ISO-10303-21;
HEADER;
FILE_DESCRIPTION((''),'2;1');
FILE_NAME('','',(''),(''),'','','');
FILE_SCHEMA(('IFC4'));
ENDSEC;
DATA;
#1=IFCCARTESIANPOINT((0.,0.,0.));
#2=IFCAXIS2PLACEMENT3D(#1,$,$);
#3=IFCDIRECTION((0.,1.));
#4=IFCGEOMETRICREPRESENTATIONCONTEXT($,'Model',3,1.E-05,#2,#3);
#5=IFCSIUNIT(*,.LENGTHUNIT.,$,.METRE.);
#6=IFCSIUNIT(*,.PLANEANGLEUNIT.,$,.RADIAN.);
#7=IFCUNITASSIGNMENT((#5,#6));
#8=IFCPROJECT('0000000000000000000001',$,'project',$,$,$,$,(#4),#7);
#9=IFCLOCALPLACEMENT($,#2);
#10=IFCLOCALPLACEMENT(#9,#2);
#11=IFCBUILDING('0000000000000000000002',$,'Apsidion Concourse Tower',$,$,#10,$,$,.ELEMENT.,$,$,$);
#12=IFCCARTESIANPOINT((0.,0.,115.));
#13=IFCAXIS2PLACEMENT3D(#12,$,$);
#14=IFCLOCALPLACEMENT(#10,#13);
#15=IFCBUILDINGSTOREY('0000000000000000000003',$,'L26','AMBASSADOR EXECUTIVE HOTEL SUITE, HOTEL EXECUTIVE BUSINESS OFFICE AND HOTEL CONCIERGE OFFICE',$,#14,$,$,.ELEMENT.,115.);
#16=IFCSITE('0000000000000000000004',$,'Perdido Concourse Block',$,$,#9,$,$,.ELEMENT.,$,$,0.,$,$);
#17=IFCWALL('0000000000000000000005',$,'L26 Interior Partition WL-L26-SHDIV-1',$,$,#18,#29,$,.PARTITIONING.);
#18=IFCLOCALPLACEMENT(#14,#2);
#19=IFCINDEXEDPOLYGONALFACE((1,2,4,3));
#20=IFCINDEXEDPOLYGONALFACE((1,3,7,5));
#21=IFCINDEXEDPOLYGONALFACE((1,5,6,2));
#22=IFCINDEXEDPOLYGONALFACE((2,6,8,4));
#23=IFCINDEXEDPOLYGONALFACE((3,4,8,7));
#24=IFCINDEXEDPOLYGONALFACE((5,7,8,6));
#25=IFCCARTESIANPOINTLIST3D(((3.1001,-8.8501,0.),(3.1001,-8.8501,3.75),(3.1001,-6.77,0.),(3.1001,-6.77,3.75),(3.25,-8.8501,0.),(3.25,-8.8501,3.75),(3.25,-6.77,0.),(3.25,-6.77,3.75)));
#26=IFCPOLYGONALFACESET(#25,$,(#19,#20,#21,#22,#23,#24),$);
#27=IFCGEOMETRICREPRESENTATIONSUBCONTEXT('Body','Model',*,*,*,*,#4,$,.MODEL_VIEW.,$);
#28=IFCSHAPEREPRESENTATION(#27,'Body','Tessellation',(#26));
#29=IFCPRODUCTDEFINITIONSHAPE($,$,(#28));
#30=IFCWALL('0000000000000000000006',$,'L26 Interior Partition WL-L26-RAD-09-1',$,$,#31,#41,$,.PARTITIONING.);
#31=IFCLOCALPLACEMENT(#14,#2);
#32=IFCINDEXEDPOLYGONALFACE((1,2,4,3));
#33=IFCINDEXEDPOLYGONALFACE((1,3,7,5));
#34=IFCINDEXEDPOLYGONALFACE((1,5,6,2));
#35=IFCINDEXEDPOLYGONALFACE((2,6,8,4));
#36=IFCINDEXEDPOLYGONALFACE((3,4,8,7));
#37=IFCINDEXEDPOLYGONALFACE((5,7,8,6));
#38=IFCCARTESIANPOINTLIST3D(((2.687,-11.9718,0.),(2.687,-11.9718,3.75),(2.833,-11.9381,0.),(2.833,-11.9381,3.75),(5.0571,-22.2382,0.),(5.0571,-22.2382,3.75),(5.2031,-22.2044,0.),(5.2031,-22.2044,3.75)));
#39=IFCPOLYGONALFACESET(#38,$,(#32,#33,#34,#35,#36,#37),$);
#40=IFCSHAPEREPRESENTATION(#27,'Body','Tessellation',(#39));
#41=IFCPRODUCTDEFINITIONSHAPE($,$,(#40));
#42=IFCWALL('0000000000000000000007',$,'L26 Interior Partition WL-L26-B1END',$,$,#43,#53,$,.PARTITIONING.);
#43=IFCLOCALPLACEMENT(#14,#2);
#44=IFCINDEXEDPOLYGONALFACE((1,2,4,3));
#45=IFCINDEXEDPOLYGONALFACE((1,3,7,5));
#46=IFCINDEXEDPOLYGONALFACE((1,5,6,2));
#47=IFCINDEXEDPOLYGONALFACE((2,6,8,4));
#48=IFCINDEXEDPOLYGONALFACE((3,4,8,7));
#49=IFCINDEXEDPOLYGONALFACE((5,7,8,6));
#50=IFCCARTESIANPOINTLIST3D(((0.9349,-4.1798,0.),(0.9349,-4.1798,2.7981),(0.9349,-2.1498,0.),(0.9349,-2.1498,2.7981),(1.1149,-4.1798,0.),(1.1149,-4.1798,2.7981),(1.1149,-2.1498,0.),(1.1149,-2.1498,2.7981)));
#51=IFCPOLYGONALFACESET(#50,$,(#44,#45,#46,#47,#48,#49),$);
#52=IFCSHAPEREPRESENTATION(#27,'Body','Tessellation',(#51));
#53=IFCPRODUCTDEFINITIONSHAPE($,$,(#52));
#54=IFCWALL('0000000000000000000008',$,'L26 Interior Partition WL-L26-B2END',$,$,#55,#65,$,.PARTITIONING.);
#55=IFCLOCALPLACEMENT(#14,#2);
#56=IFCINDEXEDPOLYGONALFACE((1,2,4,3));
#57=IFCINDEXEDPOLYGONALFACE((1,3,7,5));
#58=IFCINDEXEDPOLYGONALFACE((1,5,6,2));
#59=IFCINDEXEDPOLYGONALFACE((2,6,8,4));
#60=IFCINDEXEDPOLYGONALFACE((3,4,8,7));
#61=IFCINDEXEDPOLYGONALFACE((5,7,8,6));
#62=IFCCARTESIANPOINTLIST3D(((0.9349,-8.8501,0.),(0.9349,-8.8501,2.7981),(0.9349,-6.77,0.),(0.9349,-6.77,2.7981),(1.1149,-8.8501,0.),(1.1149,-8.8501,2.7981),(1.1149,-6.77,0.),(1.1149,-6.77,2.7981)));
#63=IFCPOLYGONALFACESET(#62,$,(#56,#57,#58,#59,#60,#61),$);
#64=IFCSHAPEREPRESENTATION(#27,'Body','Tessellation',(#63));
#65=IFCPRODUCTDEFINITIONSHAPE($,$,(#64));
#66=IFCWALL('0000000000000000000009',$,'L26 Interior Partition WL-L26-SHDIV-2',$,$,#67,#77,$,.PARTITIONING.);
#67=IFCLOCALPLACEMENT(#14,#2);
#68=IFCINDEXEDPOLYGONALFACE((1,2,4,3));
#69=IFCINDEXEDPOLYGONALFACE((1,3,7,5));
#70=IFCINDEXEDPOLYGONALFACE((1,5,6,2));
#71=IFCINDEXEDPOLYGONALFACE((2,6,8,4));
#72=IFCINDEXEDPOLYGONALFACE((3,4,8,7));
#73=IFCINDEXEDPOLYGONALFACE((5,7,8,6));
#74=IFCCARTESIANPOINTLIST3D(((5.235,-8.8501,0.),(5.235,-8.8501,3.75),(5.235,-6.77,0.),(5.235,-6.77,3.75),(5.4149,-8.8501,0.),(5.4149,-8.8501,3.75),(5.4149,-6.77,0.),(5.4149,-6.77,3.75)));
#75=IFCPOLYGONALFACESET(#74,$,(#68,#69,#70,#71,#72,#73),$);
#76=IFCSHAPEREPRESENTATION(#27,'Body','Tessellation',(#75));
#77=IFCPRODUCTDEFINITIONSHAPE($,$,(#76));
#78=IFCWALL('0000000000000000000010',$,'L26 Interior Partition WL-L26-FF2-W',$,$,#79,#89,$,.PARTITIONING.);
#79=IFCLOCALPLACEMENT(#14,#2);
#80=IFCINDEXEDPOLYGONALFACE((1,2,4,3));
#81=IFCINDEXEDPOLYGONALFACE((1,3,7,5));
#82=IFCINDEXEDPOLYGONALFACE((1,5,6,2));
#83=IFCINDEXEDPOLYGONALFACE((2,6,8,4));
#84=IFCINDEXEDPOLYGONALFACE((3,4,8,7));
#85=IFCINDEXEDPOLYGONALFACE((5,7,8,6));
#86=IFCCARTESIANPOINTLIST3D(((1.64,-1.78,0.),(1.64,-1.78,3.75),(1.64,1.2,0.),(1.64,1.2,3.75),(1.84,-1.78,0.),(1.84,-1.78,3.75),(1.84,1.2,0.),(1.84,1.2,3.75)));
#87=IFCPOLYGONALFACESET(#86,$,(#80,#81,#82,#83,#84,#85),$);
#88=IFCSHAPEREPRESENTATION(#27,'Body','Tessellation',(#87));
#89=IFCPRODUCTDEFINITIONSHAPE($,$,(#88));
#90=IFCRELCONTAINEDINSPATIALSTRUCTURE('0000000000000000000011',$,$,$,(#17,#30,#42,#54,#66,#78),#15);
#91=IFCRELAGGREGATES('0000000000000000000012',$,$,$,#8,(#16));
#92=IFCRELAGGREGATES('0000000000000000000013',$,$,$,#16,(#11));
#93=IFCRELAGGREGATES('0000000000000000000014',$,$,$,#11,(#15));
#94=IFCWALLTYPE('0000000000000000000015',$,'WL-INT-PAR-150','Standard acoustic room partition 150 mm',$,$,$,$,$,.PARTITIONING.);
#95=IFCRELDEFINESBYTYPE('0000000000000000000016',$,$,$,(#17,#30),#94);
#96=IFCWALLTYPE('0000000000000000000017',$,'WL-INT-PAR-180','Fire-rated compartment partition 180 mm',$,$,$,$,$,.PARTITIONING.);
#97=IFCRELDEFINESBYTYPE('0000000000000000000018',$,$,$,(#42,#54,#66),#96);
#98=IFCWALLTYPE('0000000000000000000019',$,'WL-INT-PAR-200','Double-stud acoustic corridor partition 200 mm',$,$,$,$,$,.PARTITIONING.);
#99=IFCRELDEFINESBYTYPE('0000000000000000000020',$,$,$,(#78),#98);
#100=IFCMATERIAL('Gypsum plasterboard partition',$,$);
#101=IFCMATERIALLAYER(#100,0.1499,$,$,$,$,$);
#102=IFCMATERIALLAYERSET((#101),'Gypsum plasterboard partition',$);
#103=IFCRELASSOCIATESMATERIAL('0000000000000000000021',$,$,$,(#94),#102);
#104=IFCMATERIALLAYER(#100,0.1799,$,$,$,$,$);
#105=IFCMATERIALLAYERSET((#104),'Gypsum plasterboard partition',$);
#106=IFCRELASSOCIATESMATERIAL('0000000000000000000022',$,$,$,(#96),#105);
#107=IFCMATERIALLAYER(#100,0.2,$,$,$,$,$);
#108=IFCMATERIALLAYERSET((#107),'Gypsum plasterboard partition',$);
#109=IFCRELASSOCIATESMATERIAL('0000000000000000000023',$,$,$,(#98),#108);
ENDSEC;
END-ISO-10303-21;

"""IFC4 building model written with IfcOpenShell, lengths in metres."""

from ifc_helpers import new_model, si_unit, direction, frame, frame_2d, origin, place, context, subcontext, project, spatial, rectangle, extrude, material, layer, layer_set, type_object, element, save


model = new_model("IFC4")

# Units and contexts
model_context = context("Model", 3, precision=1e-05, world=origin(), true_north=direction((0.0, 1.0)))
body_context = subcontext(model_context, "Body", "Model", "MODEL_VIEW")
ifc_project = project(units=[si_unit("LENGTHUNIT", "METRE"), si_unit("PLANEANGLEUNIT", "RADIAN")], contexts=[model_context])

# Site, building, storey
site_placement = place(None, origin())
site = spatial("IfcSite", under=ifc_project, at=site_placement, Name="Perdido Concourse Block", CompositionType="ELEMENT", RefElevation=0.0)
building_placement = place(site_placement, origin())
building = spatial("IfcBuilding", under=site, at=building_placement, Name="Apsidion Concourse Tower", CompositionType="ELEMENT")
storey_placement = place(building_placement, frame((0.0, 0.0, 115.0)))
storey = spatial("IfcBuildingStorey", under=building, at=storey_placement, Name="L26", Description="AMBASSADOR EXECUTIVE HOTEL SUITE, HOTEL EXECUTIVE BUSINESS OFFICE AND HOTEL CONCIERGE OFFICE", CompositionType="ELEMENT", Elevation=115.0)

# Walls
ifc_material_1 = material(Name="Gypsum plasterboard partition")
ifc_layer_1 = layer(ifc_material_1, 0.1499)
ifc_layer_set_1 = layer_set([ifc_layer_1], Name="Gypsum plasterboard partition")
wall_type_1 = type_object("IfcWallType", Name="WL-INT-PAR-150", Description="Standard acoustic room partition 150 mm", PredefinedType="PARTITIONING", material=ifc_layer_set_1)
wall_1_placement = place(storey_placement, frame((3.175, -8.8501, 0.0), z_axis=(0.0, 0.0, 1.0), x_axis=(0.0, 1.0, 0.0)))
element("IfcWall", 1, at=wall_1_placement, inside=storey, type_object=wall_type_1, Name="L26 Interior Partition WL-L26-SHDIV-1", PredefinedType="PARTITIONING", context=body_context, shape_type="SweptSolid", body=[
    extrude(rectangle(XDim=2.0801, YDim=0.1499, at=frame_2d((1.04, 0.0))), origin(), (0.0, 0.0, 1.0), 3.75),
])
wall_2_placement = place(storey_placement, frame((2.76, -11.9551, 0.0), z_axis=(0.0, 0.0, 1.0), x_axis=(0.224946, -0.974371, 0.0)))
element("IfcWall", 2, at=wall_2_placement, inside=storey, type_object=wall_type_1, Name="L26 Interior Partition WL-L26-RAD-09-1", PredefinedType="PARTITIONING", context=body_context, shape_type="SweptSolid", body=[
    extrude(rectangle(XDim=10.5364, YDim=0.1499, at=frame_2d((5.2681, 0.0))), origin(), (0.0, 0.0, 1.0), 3.75),
])
ifc_layer_2 = layer(ifc_material_1, 0.1799)
ifc_layer_set_2 = layer_set([ifc_layer_2], Name="Gypsum plasterboard partition")
wall_type_2 = type_object("IfcWallType", Name="WL-INT-PAR-180", Description="Fire-rated compartment partition 180 mm", PredefinedType="PARTITIONING", material=ifc_layer_set_2)
wall_3_placement = place(storey_placement, frame((1.0249, -4.1799, 0.0), z_axis=(0.0, 0.0, 1.0), x_axis=(0.0, 1.0, 0.0)))
element("IfcWall", 3, at=wall_3_placement, inside=storey, type_object=wall_type_2, Name="L26 Interior Partition WL-L26-B1END", PredefinedType="PARTITIONING", context=body_context, shape_type="SweptSolid", body=[
    extrude(rectangle(XDim=2.03, YDim=0.1799, at=frame_2d((1.0151, 0.0))), origin(), (0.0, 0.0, 1.0), 2.7981),
])
wall_4_placement = place(storey_placement, frame((1.0249, -8.8501, 0.0), z_axis=(0.0, 0.0, 1.0), x_axis=(0.0, 1.0, 0.0)))
element("IfcWall", 4, at=wall_4_placement, inside=storey, type_object=wall_type_2, Name="L26 Interior Partition WL-L26-B2END", PredefinedType="PARTITIONING", context=body_context, shape_type="SweptSolid", body=[
    extrude(rectangle(XDim=2.0801, YDim=0.1799, at=frame_2d((1.04, 0.0))), origin(), (0.0, 0.0, 1.0), 2.7981),
])
wall_5_placement = place(storey_placement, frame((5.325, -8.8501, 0.0), z_axis=(0.0, 0.0, 1.0), x_axis=(0.0, 1.0, 0.0)))
element("IfcWall", 5, at=wall_5_placement, inside=storey, type_object=wall_type_2, Name="L26 Interior Partition WL-L26-SHDIV-2", PredefinedType="PARTITIONING", context=body_context, shape_type="SweptSolid", body=[
    extrude(rectangle(XDim=2.0801, YDim=0.1799, at=frame_2d((1.04, 0.0))), origin(), (0.0, 0.0, 1.0), 3.75),
])
ifc_layer_3 = layer(ifc_material_1, 0.2)
ifc_layer_set_3 = layer_set([ifc_layer_3], Name="Gypsum plasterboard partition")
wall_type_3 = type_object("IfcWallType", Name="WL-INT-PAR-200", Description="Double-stud acoustic corridor partition 200 mm", PredefinedType="PARTITIONING", material=ifc_layer_set_3)
wall_6_placement = place(storey_placement, frame((1.74, -1.78, 0.0), z_axis=(0.0, 0.0, 1.0), x_axis=(0.0, 1.0, 0.0)))
element("IfcWall", 6, at=wall_6_placement, inside=storey, type_object=wall_type_3, Name="L26 Interior Partition WL-L26-FF2-W", PredefinedType="PARTITIONING", context=body_context, shape_type="SweptSolid", body=[
    extrude(rectangle(XDim=2.98, YDim=0.2, at=frame_2d((1.49, 0.0))), origin(), (0.0, 0.0, 1.0), 3.75),
])

save(model, "model.ifc")
